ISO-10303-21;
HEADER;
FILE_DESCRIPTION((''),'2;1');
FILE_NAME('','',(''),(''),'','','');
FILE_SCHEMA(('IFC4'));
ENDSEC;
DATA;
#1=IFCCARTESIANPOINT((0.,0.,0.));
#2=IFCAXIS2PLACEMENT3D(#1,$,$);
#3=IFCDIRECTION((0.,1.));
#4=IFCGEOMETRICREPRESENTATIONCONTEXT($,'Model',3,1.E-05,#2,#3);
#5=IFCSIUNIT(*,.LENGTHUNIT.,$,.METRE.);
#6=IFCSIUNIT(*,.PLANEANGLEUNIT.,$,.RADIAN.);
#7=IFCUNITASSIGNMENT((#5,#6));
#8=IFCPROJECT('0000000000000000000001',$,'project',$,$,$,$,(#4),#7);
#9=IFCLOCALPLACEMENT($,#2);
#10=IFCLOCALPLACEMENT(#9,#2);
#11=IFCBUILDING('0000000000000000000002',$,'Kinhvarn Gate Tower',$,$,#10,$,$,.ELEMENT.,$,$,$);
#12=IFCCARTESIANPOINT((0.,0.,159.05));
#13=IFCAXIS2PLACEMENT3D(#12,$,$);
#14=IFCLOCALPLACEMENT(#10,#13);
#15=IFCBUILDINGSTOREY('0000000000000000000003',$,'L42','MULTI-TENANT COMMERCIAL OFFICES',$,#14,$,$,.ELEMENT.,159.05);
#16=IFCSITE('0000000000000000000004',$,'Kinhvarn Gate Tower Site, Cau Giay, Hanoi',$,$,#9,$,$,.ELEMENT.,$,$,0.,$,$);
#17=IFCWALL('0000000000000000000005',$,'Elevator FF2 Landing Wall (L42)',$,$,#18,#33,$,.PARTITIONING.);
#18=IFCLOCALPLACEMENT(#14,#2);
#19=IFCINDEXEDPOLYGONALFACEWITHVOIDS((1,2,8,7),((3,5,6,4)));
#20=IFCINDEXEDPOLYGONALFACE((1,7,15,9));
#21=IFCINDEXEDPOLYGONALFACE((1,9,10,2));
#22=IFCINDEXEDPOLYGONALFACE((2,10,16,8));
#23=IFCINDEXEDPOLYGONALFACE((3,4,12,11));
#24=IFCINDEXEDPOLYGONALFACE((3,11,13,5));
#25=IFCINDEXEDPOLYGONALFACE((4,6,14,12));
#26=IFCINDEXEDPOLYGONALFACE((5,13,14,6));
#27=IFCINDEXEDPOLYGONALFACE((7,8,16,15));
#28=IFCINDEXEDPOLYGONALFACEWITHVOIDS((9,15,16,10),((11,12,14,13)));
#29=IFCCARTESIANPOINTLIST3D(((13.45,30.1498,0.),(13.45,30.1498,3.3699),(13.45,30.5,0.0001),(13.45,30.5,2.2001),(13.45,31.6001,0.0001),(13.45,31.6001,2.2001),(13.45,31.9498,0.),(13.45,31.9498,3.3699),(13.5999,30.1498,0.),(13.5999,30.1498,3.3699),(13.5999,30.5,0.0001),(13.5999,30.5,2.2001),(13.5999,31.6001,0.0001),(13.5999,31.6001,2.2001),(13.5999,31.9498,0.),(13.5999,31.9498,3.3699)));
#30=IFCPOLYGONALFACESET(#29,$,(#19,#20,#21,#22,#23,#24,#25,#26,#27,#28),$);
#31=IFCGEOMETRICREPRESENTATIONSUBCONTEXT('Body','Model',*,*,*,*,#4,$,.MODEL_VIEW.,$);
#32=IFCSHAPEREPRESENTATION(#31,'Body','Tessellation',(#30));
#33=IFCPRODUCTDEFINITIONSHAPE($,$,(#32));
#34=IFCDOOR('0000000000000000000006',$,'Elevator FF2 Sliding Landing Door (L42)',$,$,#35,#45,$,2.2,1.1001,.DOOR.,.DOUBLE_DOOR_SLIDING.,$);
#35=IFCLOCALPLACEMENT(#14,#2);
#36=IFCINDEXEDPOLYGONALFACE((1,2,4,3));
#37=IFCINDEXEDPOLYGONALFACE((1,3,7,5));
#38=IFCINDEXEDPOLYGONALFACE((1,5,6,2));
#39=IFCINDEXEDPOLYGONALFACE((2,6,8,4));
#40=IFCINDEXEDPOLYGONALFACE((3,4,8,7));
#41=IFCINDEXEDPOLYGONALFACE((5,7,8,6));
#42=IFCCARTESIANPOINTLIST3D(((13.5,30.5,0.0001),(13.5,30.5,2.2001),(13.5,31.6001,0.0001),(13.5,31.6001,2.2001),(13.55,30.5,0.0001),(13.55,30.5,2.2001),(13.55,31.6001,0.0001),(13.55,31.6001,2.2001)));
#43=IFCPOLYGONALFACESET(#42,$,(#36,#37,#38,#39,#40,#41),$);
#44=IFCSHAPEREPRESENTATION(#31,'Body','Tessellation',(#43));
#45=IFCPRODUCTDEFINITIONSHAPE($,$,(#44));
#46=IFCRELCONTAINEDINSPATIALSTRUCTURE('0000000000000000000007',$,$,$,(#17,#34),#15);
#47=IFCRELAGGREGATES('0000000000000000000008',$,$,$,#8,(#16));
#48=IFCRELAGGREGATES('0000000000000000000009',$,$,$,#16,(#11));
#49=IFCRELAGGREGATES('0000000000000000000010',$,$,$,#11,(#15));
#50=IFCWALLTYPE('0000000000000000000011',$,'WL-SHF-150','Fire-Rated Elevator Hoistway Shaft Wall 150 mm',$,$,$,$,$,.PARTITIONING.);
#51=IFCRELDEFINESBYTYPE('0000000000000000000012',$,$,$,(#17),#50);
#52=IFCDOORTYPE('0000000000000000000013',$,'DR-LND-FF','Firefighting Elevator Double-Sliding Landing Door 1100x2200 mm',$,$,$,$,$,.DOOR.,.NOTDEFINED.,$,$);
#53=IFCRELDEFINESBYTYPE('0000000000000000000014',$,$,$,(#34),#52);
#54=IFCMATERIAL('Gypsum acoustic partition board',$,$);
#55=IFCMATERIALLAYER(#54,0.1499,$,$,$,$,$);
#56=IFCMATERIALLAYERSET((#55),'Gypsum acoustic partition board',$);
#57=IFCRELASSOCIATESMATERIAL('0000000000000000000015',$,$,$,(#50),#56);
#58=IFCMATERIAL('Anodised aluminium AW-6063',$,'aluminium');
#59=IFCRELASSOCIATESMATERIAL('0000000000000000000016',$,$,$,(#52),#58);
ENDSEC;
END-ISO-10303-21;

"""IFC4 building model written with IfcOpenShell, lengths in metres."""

from ifc_helpers import new_model, si_unit, direction, frame, frame_2d, origin, place, context, subcontext, project, spatial, rectangle, extrude, material, layer, layer_set, type_object, element, fill, save


model = new_model("IFC4")

# Units and contexts
model_context = context("Model", 3, precision=1e-05, world=origin(), true_north=direction((0.0, 1.0)))
body_context = subcontext(model_context, "Body", "Model", "MODEL_VIEW")
ifc_project = project(units=[si_unit("LENGTHUNIT", "METRE"), si_unit("PLANEANGLEUNIT", "RADIAN")], contexts=[model_context])

# Site, building, storey
site_placement = place(None, origin())
site = spatial("IfcSite", under=ifc_project, at=site_placement, Name="Kinhvarn Gate Tower Site, Cau Giay, Hanoi", CompositionType="ELEMENT", RefElevation=0.0)
building_placement = place(site_placement, origin())
building = spatial("IfcBuilding", under=site, at=building_placement, Name="Kinhvarn Gate Tower", CompositionType="ELEMENT")
storey_placement = place(building_placement, frame((0.0, 0.0, 159.05)))
storey = spatial("IfcBuildingStorey", under=building, at=storey_placement, Name="L42", Description="MULTI-TENANT COMMERCIAL OFFICES", CompositionType="ELEMENT", Elevation=159.05)

# Shared definitions
ifc_material_1 = material(Name="Gypsum acoustic partition board")

# Shared definitions
ifc_layer_1 = layer(ifc_material_1, 0.1499)
ifc_layer_set_1 = layer_set([ifc_layer_1], Name="Gypsum acoustic partition board")
wall_type_1 = type_object("IfcWallType", Name="WL-SHF-150", Description="Fire-Rated Elevator Hoistway Shaft Wall 150 mm", PredefinedType="PARTITIONING", material=ifc_layer_set_1)
ifc_material_2 = material(Name="Anodised aluminium AW-6063", Category="aluminium")

# Wall, opening, door
wall_1_placement = place(storey_placement, frame((13.5249, 30.1499, 0.0), z_axis=(0.0, 0.0, 1.0), x_axis=(0.0, 1.0, 0.0)))
wall_1 = element("IfcWall", 1, at=wall_1_placement, inside=storey, type_object=wall_type_1, Name="Elevator FF2 Landing Wall (L42)", PredefinedType="PARTITIONING", context=body_context, shape_type="SweptSolid", body=[
    extrude(rectangle(XDim=1.8, YDim=0.1499, at=frame_2d((0.8999, 0.0))), origin(), (0.0, 0.0, 1.0), 3.3699),
])
opening_1_placement = place(wall_1_placement, frame((0.3501, 0.0, 0.0)))
opening_1 = element("IfcOpeningElement", 2, at=opening_1_placement, cuts=wall_1, PredefinedType="OPENING", context=body_context, shape_type="SweptSolid", body=[
    extrude(rectangle(XDim=1.1001, YDim=2.2, at=frame_2d((0.55, 1.1001))), frame((0.0, 0.085, 0.0), z_axis=(0.0, -1.0, 0.0), x_axis=(1.0, 0.0, 0.0)), (0.0, 0.0, 1.0), 0.1699),
])
door_type_1 = type_object("IfcDoorType", Name="DR-LND-FF", Description="Firefighting Elevator Double-Sliding Landing Door 1100x2200 mm", OperationType="NOTDEFINED", PredefinedType="DOOR", material=ifc_material_2)
door_1_placement = place(opening_1_placement, origin())
door_1 = element("IfcDoor", 3, at=door_1_placement, inside=storey, type_object=door_type_1, Name="Elevator FF2 Sliding Landing Door (L42)", OperationType="DOUBLE_DOOR_SLIDING", OverallHeight=2.2, OverallWidth=1.1001, PredefinedType="DOOR", context=body_context, shape_type="SweptSolid", body=[
    extrude(rectangle(XDim=1.1001, YDim=2.2, at=frame_2d((0.55, 1.1001))), frame((0.0, 0.0249, 0.0), z_axis=(0.0, -1.0, 0.0), x_axis=(1.0, 0.0, 0.0)), (0.0, 0.0, 1.0), 0.05),
])
fill(opening_1, door_1)

save(model, "model.ifc")
